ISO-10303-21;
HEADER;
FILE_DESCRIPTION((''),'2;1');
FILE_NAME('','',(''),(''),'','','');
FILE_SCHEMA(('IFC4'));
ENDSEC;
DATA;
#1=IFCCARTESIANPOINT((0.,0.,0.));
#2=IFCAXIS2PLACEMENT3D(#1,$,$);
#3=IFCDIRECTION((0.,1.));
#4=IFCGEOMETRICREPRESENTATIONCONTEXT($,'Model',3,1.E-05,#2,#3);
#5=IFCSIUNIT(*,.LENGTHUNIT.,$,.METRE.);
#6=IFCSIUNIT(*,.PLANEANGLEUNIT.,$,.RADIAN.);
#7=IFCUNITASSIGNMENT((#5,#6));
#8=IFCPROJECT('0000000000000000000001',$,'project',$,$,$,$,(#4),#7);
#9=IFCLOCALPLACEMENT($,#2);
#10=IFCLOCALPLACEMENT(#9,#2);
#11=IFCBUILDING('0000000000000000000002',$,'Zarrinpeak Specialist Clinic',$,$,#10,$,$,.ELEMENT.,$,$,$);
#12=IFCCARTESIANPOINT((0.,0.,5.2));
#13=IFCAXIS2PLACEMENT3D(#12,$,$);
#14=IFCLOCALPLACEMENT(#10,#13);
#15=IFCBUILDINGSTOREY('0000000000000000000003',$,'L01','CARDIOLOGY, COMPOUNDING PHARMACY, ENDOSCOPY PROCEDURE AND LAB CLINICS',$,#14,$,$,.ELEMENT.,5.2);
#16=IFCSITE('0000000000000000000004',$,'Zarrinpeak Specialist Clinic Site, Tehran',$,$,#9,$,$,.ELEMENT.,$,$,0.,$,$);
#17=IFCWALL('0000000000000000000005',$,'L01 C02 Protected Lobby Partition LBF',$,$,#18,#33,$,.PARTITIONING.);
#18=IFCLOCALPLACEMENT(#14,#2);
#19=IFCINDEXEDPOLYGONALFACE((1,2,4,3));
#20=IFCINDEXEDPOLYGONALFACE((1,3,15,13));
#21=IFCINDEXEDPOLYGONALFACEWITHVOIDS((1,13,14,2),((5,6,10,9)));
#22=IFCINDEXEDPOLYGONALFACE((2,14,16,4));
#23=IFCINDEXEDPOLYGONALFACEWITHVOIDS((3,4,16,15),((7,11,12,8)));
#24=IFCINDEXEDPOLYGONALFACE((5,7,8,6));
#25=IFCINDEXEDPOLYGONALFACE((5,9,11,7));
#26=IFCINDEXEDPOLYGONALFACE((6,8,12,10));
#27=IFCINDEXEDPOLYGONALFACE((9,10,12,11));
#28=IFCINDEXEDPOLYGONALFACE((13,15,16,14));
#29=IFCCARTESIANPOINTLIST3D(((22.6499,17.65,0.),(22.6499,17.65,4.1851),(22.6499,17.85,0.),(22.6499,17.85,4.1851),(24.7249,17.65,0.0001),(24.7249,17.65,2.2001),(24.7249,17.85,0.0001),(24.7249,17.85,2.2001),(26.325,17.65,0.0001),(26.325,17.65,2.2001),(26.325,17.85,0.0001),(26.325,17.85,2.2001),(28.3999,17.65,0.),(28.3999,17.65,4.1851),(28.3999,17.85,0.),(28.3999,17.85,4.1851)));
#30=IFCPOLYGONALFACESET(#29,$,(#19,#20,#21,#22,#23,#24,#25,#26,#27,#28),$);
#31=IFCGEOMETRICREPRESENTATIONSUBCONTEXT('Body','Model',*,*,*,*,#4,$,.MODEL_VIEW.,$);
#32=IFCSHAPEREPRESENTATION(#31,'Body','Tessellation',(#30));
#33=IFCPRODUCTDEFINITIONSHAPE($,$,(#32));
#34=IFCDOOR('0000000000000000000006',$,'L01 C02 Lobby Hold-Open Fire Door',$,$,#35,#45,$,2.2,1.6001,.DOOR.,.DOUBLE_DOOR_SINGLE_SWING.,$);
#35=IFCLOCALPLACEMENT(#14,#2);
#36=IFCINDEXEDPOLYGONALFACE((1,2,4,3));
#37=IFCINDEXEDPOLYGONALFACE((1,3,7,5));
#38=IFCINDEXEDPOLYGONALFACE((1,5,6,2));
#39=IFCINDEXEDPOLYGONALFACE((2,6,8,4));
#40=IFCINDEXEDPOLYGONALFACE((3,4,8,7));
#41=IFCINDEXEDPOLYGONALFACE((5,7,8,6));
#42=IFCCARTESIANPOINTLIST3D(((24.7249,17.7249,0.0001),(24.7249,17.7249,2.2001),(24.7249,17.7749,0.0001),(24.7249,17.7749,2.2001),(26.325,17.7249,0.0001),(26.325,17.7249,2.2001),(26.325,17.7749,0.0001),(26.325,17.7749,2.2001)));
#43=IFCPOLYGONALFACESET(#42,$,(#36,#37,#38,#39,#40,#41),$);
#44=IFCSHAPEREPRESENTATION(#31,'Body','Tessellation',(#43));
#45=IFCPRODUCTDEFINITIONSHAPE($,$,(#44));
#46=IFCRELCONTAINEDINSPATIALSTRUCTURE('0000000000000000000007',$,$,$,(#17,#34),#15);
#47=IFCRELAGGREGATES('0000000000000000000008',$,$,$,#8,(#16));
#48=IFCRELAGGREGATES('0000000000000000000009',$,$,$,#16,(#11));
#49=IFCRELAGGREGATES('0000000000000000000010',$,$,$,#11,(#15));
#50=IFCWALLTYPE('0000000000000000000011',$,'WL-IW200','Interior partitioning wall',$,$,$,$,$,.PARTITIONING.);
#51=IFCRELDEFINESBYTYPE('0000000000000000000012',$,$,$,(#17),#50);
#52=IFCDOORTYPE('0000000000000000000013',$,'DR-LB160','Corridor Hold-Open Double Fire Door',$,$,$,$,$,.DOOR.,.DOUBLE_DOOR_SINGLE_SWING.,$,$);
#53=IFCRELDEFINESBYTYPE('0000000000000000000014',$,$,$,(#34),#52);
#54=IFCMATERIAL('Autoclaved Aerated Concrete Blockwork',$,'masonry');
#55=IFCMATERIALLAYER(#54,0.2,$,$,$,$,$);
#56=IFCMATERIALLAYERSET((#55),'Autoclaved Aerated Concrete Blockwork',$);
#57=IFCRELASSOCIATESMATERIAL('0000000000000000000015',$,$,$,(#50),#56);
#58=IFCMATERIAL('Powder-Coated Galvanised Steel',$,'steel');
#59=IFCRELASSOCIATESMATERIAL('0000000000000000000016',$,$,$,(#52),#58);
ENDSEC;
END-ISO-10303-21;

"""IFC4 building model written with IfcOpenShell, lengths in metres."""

from ifc_helpers import new_model, si_unit, direction, frame, frame_2d, origin, place, context, subcontext, project, spatial, rectangle, extrude, material, layer, layer_set, type_object, element, fill, save


model = new_model("IFC4")

# Units and contexts
model_context = context("Model", 3, precision=1e-05, world=origin(), true_north=direction((0.0, 1.0)))
body_context = subcontext(model_context, "Body", "Model", "MODEL_VIEW")
ifc_project = project(units=[si_unit("LENGTHUNIT", "METRE"), si_unit("PLANEANGLEUNIT", "RADIAN")], contexts=[model_context])

# Site, building, storey
site_placement = place(None, origin())
site = spatial("IfcSite", under=ifc_project, at=site_placement, Name="Zarrinpeak Specialist Clinic Site, Tehran", CompositionType="ELEMENT", RefElevation=0.0)
building_placement = place(site_placement, origin())
building = spatial("IfcBuilding", under=site, at=building_placement, Name="Zarrinpeak Specialist Clinic", CompositionType="ELEMENT")
storey_placement = place(building_placement, frame((0.0, 0.0, 5.2)))
storey = spatial("IfcBuildingStorey", under=building, at=storey_placement, Name="L01", Description="CARDIOLOGY, COMPOUNDING PHARMACY, ENDOSCOPY PROCEDURE AND LAB CLINICS", CompositionType="ELEMENT", Elevation=5.2)

# Wall, opening, door
ifc_material_1 = material(Name="Autoclaved Aerated Concrete Blockwork", Category="masonry")
ifc_layer_1 = layer(ifc_material_1, 0.2)
ifc_layer_set_1 = layer_set([ifc_layer_1], Name="Autoclaved Aerated Concrete Blockwork")
wall_type_1 = type_object("IfcWallType", Name="WL-IW200", Description="Interior partitioning wall", PredefinedType="PARTITIONING", material=ifc_layer_set_1)
wall_1_placement = place(storey_placement, frame((22.6499, 17.75, 0.0), z_axis=(0.0, 0.0, 1.0), x_axis=(1.0, 0.0, 0.0)))
wall_1 = element("IfcWall", 1, at=wall_1_placement, inside=storey, type_object=wall_type_1, Name="L01 C02 Protected Lobby Partition LBF", PredefinedType="PARTITIONING", context=body_context, shape_type="SweptSolid", body=[
    extrude(rectangle(XDim=5.75, YDim=0.2, at=frame_2d((2.875, 0.0))), origin(), (0.0, 0.0, 1.0), 4.1851),
])
opening_placement = place(wall_1_placement, frame((2.075, 0.0, 0.0)))
opening = element("IfcOpeningElement", 2, at=opening_placement, cuts=wall_1, PredefinedType="OPENING", context=body_context, shape_type="SweptSolid", body=[
    extrude(rectangle(XDim=1.6001, YDim=2.2, at=frame_2d((0.8, 1.1001))), frame((0.0, 0.1099, 0.0), z_axis=(0.0, -1.0, 0.0), x_axis=(1.0, 0.0, 0.0)), (0.0, 0.0, 1.0), 0.22),
])
ifc_material_2 = material(Name="Powder-Coated Galvanised Steel", Category="steel")
door_type = type_object("IfcDoorType", Name="DR-LB160", Description="Corridor Hold-Open Double Fire Door", OperationType="DOUBLE_DOOR_SINGLE_SWING", PredefinedType="DOOR", material=ifc_material_2)
door_placement = place(opening_placement, origin())
door = element("IfcDoor", 3, at=door_placement, inside=storey, type_object=door_type, Name="L01 C02 Lobby Hold-Open Fire Door", OperationType="DOUBLE_DOOR_SINGLE_SWING", OverallHeight=2.2, OverallWidth=1.6001, PredefinedType="DOOR", context=body_context, shape_type="SweptSolid", body=[
    extrude(rectangle(XDim=1.6001, YDim=2.2, at=frame_2d((0.8, 1.1001))), frame((0.0, 0.0249, 0.0), z_axis=(0.0, -1.0, 0.0), x_axis=(1.0, 0.0, 0.0)), (0.0, 0.0, 1.0), 0.05),
])
fill(opening, door)

save(model, "model.ifc")
